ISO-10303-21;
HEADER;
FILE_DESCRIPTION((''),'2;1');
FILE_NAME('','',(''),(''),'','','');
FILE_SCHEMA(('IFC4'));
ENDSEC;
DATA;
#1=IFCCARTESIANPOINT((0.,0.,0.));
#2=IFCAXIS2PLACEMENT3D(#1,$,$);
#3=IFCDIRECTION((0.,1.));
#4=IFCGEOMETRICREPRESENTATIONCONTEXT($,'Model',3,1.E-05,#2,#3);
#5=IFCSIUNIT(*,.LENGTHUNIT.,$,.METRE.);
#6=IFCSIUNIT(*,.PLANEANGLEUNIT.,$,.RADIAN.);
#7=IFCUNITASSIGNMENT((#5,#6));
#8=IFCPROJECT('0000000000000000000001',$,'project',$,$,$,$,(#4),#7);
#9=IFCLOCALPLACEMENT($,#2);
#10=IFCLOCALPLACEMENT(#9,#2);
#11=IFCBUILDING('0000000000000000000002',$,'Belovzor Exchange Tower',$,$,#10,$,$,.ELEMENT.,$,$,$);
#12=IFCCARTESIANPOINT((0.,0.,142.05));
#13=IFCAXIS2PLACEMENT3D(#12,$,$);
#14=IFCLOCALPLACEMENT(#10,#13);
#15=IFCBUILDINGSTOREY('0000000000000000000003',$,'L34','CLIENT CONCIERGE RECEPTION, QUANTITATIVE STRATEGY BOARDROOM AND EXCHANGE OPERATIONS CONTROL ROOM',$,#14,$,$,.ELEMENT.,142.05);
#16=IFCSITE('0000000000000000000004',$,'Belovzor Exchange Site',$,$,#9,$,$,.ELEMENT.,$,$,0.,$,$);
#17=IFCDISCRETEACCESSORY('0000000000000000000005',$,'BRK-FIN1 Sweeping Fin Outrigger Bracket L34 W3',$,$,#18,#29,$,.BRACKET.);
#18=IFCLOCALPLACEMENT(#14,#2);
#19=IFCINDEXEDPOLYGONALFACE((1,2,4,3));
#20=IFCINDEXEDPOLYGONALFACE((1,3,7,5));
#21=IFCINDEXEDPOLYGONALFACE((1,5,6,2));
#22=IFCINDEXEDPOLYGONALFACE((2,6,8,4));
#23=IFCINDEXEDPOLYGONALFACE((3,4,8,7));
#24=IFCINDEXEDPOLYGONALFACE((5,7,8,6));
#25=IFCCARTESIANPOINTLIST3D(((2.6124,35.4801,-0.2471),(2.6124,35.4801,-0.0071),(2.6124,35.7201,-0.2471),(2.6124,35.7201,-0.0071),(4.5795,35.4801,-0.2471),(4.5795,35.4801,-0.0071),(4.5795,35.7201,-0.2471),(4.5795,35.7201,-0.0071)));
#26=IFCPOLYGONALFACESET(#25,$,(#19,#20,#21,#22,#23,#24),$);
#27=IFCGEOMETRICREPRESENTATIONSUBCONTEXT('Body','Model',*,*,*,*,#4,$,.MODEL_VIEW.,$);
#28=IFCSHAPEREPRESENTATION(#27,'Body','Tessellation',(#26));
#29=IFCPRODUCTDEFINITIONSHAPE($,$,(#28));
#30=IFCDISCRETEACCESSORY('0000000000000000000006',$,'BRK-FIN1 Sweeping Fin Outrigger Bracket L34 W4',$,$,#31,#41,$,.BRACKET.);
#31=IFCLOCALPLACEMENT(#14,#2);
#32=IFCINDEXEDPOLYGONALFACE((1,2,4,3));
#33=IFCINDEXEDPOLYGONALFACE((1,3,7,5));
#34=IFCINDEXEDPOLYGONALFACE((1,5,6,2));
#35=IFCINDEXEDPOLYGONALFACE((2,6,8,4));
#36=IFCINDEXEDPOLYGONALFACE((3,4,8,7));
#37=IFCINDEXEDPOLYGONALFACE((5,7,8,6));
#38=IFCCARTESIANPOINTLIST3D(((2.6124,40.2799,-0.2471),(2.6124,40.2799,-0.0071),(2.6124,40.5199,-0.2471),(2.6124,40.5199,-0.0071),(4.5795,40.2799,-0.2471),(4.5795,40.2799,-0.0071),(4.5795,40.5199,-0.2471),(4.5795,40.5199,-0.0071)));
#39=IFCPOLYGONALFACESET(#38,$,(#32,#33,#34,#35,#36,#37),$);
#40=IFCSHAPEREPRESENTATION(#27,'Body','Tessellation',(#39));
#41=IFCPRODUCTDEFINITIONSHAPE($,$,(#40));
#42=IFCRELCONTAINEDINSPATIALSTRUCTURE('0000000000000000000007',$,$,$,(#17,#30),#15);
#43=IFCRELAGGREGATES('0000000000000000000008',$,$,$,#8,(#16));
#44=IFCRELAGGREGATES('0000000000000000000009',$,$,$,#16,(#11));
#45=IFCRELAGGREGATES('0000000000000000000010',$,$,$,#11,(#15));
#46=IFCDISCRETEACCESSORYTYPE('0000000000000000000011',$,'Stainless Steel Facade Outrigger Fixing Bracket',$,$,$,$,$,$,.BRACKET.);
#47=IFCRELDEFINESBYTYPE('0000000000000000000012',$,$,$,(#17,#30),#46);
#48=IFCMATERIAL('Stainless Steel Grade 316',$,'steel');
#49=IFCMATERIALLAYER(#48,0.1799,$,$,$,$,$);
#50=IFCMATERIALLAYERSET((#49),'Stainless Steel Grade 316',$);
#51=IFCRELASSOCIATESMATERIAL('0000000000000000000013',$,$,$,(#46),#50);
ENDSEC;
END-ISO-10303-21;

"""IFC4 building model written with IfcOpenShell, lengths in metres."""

from ifc_helpers import new_model, si_unit, direction, frame, origin, origin_2d, place, context, subcontext, project, spatial, rectangle, extrude, material, layer, layer_set, type_object, element, save


model = new_model("IFC4")

# Units and contexts
model_context = context("Model", 3, precision=1e-05, world=origin(), true_north=direction((0.0, 1.0)))
body_context = subcontext(model_context, "Body", "Model", "MODEL_VIEW")
ifc_project = project(units=[si_unit("LENGTHUNIT", "METRE"), si_unit("PLANEANGLEUNIT", "RADIAN")], contexts=[model_context])

# Site, building, storey
site_placement = place(None, origin())
site = spatial("IfcSite", under=ifc_project, at=site_placement, Name="Belovzor Exchange Site", CompositionType="ELEMENT", RefElevation=0.0)
building_placement = place(site_placement, origin())
building = spatial("IfcBuilding", under=site, at=building_placement, Name="Belovzor Exchange Tower", CompositionType="ELEMENT")
storey_placement = place(building_placement, frame((0.0, 0.0, 142.05)))
storey = spatial("IfcBuildingStorey", under=building, at=storey_placement, Name="L34", Description="CLIENT CONCIERGE RECEPTION, QUANTITATIVE STRATEGY BOARDROOM AND EXCHANGE OPERATIONS CONTROL ROOM", CompositionType="ELEMENT", Elevation=142.05)

# Discrete accessories
ifc_material_1 = material(Name="Stainless Steel Grade 316", Category="steel")
ifc_layer_1 = layer(ifc_material_1, 0.1799)
ifc_layer_set_1 = layer_set([ifc_layer_1], Name="Stainless Steel Grade 316")
discrete_accessory_type = type_object("IfcDiscreteAccessoryType", Name="Stainless Steel Facade Outrigger Fixing Bracket", PredefinedType="BRACKET", material=ifc_layer_set_1)
for number, where, z_axis, x_axis, name in (
    (1, (3.5959, 35.6001, -0.2471), (0.0, 0.0, 1.0), (1.0, 0.0, 0.0), "BRK-FIN1 Sweeping Fin Outrigger Bracket L34 W3"),
    (2, (3.5959, 40.3999, -0.2471), (0.0, 0.0, 1.0), (1.0, 0.0, 0.0), "BRK-FIN1 Sweeping Fin Outrigger Bracket L34 W4"),
):
    element("IfcDiscreteAccessory", number, at=place(storey_placement, frame(where, z_axis=z_axis, x_axis=x_axis)), inside=storey, type_object=discrete_accessory_type, Name=name, PredefinedType="BRACKET", context=body_context, shape_type="SweptSolid", body=[
        extrude(rectangle(XDim=1.967, YDim=0.24, at=origin_2d()), origin(), (0.0, 0.0, 1.0), 0.24),
    ])

save(model, "model.ifc")
